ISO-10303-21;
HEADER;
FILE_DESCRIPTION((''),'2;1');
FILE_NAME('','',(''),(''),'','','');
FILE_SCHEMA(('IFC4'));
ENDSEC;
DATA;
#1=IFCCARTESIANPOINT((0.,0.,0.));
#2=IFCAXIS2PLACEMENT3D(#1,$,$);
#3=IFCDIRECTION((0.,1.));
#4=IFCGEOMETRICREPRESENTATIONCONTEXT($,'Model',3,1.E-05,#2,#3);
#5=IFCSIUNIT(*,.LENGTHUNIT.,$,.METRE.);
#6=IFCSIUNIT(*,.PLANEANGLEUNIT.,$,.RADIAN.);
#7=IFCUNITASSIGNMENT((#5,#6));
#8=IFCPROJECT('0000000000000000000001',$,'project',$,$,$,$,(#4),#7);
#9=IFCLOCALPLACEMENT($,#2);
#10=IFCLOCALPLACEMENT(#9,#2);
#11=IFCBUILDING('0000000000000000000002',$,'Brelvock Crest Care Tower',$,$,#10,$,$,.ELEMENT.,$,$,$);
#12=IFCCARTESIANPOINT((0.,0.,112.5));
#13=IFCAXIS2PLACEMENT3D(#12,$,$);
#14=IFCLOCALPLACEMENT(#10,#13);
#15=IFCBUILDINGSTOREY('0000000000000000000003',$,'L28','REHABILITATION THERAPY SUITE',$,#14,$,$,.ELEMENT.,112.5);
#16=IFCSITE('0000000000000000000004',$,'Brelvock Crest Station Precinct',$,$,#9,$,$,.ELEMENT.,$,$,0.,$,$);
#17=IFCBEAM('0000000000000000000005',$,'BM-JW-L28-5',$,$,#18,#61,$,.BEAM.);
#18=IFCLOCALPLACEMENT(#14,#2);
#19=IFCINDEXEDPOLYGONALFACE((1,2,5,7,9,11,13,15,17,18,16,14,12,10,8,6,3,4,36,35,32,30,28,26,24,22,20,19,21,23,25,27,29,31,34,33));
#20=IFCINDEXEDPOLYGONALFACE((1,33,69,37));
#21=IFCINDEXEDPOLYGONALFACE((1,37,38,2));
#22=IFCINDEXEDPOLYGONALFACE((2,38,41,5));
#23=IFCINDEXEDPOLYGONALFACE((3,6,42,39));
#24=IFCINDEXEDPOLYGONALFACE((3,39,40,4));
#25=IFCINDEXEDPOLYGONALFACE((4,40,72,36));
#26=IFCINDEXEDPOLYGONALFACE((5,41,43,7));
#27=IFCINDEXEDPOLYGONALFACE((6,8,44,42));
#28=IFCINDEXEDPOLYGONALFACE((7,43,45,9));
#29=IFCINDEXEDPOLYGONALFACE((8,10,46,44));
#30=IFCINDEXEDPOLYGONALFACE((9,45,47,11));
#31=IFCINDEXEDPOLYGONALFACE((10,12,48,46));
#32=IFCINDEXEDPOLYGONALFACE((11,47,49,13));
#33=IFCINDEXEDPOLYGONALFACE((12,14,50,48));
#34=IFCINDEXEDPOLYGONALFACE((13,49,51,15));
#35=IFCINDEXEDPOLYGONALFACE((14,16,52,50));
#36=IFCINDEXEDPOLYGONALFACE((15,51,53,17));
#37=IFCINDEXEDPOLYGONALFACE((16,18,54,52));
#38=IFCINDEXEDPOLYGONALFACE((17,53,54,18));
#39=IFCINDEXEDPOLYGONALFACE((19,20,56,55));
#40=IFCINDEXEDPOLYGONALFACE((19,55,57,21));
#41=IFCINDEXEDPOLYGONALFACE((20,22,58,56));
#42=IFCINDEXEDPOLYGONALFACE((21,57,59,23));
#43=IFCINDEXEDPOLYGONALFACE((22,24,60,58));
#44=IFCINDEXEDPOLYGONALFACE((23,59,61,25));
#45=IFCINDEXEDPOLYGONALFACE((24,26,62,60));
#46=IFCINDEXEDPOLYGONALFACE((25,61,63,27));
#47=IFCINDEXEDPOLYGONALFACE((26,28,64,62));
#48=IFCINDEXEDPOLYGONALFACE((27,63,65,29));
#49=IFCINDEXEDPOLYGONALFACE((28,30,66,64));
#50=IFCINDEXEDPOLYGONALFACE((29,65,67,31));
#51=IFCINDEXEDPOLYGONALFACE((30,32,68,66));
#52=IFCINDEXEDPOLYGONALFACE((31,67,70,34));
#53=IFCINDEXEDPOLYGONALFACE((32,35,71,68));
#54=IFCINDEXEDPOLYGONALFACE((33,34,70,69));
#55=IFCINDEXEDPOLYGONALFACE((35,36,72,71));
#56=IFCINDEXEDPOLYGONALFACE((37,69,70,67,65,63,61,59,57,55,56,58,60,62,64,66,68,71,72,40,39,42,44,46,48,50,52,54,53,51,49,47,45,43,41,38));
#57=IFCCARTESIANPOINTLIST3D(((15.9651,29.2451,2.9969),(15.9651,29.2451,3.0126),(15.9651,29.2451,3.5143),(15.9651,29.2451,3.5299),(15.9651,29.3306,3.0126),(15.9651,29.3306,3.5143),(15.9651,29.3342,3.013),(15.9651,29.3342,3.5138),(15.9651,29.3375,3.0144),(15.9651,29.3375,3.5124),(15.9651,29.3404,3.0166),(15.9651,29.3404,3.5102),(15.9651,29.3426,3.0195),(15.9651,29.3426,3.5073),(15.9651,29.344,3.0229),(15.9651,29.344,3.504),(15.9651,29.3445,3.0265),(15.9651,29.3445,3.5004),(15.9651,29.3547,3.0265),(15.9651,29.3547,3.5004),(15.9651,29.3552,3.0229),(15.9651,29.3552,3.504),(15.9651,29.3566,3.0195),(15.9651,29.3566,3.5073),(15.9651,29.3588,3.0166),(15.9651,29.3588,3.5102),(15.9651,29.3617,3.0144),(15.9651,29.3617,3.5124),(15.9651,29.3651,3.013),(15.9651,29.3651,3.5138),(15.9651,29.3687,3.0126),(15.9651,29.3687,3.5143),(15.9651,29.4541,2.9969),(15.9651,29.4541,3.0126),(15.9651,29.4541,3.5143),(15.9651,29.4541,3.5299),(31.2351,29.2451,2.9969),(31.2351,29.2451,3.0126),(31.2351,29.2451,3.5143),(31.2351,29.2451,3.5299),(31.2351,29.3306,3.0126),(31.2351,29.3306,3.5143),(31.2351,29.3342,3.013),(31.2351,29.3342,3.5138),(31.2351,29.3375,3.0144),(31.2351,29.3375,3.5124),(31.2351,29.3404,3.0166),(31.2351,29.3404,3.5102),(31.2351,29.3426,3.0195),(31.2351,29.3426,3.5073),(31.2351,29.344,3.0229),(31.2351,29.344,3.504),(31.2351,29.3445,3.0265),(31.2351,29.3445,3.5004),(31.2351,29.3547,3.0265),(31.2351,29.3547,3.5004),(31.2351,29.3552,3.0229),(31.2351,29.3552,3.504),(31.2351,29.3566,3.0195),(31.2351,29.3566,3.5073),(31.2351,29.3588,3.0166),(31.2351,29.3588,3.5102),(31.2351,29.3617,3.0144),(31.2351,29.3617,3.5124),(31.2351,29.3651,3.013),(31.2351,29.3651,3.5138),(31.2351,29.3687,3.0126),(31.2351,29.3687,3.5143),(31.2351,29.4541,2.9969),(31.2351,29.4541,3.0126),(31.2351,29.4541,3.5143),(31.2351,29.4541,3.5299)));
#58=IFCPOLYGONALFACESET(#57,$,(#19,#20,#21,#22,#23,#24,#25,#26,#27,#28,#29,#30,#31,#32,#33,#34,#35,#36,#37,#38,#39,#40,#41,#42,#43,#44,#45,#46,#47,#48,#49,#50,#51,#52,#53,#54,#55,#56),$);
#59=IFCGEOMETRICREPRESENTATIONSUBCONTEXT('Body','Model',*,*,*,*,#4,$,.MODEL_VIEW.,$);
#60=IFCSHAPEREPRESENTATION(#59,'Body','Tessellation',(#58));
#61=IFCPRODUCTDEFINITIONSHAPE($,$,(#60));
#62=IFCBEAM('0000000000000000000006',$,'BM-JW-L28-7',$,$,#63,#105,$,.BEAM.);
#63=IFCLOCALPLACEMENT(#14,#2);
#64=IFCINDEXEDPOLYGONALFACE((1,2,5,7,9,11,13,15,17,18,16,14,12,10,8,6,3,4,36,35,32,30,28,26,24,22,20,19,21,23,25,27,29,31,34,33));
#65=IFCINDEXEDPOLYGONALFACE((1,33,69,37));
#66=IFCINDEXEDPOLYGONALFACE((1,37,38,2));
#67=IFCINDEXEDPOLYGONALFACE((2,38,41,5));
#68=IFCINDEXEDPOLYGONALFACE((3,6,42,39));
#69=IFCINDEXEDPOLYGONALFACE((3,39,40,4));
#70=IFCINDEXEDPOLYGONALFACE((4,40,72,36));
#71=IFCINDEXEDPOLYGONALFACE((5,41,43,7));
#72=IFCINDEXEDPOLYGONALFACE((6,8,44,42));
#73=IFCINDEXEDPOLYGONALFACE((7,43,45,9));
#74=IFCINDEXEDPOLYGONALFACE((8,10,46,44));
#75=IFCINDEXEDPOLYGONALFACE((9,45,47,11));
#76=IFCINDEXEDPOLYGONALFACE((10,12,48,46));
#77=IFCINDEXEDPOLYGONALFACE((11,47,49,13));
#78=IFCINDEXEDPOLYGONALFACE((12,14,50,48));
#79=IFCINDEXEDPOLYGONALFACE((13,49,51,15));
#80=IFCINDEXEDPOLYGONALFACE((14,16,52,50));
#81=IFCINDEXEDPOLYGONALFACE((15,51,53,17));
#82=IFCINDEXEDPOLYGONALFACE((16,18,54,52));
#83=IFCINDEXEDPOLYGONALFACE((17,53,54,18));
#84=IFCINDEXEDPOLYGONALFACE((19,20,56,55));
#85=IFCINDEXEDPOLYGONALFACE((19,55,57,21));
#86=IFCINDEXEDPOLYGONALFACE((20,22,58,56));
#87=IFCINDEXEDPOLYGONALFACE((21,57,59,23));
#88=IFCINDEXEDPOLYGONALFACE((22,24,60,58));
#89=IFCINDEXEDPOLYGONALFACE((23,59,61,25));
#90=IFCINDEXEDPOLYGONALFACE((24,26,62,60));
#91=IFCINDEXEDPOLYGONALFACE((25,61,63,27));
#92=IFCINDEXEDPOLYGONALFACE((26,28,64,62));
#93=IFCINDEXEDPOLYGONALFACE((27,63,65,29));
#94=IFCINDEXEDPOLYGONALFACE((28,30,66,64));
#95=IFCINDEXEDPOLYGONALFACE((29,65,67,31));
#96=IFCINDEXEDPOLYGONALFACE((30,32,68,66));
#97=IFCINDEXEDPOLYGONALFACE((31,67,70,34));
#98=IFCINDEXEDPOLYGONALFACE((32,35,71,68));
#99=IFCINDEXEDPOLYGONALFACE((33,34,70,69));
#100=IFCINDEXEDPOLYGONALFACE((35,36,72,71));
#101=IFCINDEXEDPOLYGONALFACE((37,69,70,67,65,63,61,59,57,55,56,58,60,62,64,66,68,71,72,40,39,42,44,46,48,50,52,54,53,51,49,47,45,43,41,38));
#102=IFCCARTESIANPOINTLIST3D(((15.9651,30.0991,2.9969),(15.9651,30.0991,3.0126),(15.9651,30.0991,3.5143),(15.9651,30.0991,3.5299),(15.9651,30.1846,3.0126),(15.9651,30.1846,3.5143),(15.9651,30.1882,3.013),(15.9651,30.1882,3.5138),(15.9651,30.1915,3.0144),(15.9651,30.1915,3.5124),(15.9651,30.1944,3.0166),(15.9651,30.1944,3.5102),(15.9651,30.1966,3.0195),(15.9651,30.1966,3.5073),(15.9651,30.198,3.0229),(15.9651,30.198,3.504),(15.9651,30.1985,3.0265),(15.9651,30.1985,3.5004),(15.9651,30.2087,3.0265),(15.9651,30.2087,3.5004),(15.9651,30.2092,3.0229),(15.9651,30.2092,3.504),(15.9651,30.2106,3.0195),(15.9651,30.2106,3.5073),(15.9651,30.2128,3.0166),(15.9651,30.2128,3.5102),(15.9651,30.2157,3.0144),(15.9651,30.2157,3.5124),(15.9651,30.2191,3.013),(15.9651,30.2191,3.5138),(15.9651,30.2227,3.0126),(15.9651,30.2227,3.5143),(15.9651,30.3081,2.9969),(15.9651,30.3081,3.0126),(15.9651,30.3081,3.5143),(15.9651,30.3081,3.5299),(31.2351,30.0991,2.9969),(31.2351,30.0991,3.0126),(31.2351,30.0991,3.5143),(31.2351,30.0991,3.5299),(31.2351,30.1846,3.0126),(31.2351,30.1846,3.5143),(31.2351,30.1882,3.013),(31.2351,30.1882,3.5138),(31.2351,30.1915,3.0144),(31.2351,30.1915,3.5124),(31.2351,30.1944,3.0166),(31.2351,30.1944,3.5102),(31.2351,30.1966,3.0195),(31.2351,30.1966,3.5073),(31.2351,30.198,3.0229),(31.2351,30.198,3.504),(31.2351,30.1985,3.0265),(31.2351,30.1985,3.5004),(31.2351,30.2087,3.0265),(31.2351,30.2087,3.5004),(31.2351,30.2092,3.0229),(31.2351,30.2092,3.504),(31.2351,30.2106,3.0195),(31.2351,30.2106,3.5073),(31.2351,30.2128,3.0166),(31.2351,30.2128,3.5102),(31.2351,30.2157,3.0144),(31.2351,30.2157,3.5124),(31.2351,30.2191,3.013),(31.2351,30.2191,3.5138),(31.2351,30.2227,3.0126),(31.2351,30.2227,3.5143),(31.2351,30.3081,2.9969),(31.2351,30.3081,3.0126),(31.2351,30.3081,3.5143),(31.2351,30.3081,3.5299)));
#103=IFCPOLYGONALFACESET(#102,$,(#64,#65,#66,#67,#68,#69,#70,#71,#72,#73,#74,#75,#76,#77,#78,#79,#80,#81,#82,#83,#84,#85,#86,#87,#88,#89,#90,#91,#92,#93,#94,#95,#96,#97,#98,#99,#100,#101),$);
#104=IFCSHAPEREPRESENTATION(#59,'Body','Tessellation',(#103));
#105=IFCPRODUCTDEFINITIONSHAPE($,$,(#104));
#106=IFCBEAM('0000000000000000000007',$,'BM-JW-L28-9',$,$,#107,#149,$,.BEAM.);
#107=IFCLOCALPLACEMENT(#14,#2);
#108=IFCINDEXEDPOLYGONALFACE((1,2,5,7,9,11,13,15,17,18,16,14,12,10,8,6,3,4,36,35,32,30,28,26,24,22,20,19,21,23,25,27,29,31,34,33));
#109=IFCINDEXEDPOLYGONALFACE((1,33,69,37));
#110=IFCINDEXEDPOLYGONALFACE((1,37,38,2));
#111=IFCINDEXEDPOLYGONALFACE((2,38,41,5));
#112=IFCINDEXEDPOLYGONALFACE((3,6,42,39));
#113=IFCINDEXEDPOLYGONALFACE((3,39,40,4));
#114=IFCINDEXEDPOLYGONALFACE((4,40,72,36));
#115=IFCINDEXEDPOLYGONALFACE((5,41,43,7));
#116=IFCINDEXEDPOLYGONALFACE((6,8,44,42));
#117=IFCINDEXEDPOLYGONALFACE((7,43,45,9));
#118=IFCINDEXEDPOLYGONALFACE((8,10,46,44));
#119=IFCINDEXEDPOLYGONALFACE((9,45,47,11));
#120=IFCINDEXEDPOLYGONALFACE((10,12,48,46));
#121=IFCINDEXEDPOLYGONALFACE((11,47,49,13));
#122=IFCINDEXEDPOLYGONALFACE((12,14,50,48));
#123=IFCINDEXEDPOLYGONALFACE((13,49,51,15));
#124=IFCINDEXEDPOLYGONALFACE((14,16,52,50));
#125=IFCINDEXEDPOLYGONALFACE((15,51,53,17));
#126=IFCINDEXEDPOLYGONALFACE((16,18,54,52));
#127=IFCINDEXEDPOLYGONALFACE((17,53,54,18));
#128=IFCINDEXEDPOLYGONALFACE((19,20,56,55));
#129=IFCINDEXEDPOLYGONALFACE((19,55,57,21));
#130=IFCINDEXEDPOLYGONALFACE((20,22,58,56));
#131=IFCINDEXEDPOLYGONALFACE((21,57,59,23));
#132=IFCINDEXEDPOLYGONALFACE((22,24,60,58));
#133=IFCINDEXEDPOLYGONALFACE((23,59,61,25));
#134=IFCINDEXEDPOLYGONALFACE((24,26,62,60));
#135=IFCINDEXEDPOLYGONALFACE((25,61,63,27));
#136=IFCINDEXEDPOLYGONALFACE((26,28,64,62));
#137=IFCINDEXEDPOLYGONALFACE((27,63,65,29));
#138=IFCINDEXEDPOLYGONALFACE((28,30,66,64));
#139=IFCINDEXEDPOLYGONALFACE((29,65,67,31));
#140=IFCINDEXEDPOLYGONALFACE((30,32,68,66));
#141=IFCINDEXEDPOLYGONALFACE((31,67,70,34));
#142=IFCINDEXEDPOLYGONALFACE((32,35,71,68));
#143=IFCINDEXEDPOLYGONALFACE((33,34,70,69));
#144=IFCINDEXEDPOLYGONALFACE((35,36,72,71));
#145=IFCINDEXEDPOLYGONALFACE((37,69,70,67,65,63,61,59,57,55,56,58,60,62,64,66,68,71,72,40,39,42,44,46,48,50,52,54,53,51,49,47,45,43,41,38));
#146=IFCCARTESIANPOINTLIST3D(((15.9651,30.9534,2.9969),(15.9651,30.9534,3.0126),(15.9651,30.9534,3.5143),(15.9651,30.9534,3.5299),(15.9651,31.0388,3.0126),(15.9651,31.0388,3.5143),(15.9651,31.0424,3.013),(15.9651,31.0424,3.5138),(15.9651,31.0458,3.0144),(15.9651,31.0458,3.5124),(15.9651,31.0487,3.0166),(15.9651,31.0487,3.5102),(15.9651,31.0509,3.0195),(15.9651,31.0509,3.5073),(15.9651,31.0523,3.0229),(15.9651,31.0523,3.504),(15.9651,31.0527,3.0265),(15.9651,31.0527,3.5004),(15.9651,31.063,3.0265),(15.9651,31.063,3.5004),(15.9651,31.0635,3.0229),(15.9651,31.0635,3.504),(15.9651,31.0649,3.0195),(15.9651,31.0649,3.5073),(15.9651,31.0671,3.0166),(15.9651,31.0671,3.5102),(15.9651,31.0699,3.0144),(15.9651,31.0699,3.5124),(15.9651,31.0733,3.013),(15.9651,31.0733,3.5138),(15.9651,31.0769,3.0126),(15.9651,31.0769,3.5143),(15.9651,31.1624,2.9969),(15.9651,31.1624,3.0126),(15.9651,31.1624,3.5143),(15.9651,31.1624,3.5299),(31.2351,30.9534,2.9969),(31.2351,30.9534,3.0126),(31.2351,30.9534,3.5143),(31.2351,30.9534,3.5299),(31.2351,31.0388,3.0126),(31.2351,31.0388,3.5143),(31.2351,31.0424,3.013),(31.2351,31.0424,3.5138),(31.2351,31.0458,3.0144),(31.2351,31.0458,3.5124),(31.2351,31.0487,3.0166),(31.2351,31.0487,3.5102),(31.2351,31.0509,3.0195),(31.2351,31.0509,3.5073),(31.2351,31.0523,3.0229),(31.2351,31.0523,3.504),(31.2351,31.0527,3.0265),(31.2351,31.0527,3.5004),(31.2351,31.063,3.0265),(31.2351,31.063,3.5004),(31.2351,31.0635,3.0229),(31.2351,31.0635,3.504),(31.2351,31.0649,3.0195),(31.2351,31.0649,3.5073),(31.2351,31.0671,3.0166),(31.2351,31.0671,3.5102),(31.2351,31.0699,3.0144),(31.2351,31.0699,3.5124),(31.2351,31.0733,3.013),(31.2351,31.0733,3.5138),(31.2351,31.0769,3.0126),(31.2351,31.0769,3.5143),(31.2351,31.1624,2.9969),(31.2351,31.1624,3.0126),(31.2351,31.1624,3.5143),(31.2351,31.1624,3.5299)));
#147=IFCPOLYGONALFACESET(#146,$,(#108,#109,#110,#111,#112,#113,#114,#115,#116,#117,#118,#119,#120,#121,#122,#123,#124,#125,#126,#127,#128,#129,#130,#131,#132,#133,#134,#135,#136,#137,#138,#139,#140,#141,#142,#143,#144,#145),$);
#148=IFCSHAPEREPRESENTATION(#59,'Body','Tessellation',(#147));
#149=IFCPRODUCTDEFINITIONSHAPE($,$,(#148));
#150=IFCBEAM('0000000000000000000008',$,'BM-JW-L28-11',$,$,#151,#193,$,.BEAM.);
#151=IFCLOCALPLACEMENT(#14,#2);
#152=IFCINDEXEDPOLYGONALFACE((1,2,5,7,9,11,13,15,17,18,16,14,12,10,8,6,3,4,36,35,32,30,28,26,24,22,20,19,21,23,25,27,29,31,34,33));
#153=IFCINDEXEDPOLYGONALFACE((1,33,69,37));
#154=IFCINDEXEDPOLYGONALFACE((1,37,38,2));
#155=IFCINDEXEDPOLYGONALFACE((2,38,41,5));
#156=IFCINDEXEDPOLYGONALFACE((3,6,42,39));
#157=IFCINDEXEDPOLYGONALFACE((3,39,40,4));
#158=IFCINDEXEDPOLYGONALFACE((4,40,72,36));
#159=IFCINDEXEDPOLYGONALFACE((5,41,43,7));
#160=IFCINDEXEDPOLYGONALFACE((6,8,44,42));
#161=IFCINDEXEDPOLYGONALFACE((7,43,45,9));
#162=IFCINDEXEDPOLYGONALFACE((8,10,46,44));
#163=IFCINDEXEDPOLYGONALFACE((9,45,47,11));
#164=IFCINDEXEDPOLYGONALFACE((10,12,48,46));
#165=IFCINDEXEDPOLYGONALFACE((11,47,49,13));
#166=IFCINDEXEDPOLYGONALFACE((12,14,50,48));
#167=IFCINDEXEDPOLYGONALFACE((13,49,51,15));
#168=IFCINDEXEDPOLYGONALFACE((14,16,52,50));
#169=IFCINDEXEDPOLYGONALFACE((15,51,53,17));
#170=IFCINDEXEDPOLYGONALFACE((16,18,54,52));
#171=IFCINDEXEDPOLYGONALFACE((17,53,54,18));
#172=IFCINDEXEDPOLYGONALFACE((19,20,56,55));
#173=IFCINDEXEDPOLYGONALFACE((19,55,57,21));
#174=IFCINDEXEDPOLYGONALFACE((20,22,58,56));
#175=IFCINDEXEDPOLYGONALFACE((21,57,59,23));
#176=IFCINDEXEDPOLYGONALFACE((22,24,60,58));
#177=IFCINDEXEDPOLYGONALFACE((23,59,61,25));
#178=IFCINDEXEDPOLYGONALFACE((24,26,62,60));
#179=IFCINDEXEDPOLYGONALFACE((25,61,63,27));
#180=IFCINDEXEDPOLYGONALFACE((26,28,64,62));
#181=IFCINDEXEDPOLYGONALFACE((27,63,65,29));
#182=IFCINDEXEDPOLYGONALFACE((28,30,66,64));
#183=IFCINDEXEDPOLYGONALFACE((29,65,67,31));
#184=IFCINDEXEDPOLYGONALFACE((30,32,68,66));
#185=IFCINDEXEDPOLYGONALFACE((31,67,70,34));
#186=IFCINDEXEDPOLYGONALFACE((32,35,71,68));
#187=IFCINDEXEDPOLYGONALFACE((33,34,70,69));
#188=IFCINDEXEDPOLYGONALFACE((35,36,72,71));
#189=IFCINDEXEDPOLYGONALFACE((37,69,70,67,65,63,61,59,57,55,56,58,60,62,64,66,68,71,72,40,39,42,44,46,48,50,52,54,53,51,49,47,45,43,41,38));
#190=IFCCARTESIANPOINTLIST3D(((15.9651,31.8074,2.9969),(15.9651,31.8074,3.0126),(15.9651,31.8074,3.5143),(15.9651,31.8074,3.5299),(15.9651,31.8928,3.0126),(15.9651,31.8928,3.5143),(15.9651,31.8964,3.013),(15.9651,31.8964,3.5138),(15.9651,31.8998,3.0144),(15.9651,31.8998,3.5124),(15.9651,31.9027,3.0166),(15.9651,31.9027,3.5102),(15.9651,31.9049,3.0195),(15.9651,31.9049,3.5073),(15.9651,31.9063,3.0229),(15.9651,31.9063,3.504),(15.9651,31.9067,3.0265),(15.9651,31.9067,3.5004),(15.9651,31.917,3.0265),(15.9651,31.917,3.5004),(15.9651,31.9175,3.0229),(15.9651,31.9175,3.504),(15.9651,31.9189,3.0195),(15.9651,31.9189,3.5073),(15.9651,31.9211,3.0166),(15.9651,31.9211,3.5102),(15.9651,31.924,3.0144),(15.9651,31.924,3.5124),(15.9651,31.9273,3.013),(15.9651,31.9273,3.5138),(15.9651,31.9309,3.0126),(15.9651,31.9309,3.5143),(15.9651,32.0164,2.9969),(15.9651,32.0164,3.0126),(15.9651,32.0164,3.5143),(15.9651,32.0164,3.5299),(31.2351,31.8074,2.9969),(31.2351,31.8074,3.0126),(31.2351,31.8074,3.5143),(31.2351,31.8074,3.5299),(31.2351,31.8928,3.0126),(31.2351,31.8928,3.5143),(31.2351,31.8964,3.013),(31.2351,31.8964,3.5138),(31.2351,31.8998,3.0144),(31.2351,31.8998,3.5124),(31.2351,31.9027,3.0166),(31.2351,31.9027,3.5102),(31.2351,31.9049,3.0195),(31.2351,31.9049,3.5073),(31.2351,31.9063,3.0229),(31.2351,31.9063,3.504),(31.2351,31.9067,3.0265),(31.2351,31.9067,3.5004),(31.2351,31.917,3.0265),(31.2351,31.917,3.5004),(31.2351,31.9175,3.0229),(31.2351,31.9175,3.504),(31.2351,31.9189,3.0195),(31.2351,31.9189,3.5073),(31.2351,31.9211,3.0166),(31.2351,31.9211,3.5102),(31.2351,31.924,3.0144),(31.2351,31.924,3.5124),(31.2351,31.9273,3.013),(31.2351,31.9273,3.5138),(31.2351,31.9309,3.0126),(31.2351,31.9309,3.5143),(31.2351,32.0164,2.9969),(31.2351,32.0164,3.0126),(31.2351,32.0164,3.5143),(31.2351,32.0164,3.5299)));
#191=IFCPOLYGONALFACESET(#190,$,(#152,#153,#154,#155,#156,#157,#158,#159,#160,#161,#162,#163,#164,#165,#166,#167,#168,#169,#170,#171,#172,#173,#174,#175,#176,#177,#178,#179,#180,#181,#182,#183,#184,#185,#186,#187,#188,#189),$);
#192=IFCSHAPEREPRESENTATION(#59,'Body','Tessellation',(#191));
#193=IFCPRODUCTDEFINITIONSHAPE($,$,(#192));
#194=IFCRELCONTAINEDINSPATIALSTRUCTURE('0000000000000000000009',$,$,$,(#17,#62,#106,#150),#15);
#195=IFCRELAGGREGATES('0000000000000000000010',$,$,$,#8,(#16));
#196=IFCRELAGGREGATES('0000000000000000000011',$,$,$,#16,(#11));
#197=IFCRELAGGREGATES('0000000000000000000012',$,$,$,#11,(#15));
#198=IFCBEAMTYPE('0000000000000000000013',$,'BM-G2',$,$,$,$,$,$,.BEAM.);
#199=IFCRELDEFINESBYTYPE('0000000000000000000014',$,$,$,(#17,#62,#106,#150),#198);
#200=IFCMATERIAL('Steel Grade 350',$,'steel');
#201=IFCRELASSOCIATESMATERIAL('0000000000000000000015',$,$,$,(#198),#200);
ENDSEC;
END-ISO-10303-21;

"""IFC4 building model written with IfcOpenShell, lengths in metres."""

from ifc_helpers import new_model, si_unit, direction, frame, origin, origin_2d, place, context, subcontext, project, spatial, i_section, extrude, source, transform, mapped, material, material_profile, profile_set, type_object, element, save


model = new_model("IFC4")

# Units and contexts
model_context = context("Model", 3, precision=1e-05, world=origin(), true_north=direction((0.0, 1.0)))
body_context = subcontext(model_context, "Body", "Model", "MODEL_VIEW")
ifc_project = project(units=[si_unit("LENGTHUNIT", "METRE"), si_unit("PLANEANGLEUNIT", "RADIAN")], contexts=[model_context])

# Site, building, storey
site_placement = place(None, origin())
site = spatial("IfcSite", under=ifc_project, at=site_placement, Name="Brelvock Crest Station Precinct", CompositionType="ELEMENT", RefElevation=0.0)
building_placement = place(site_placement, origin())
building = spatial("IfcBuilding", under=site, at=building_placement, Name="Brelvock Crest Care Tower", CompositionType="ELEMENT")
storey_placement = place(building_placement, frame((0.0, 0.0, 112.5)))
storey = spatial("IfcBuildingStorey", under=building, at=storey_placement, Name="L28", Description="REHABILITATION THERAPY SUITE", CompositionType="ELEMENT", Elevation=112.5)

# Shared definitions
ifc_material_1 = material(Name="Steel Grade 350", Category="steel")

# Beams
ifc_material_profile_1 = material_profile(ifc_material_1, i_section(OverallWidth=0.209, OverallDepth=0.533, WebThickness=0.0103, FlangeThickness=0.0156, FilletRadius=0.0139, at=origin_2d()), Name="530UB92.4")
ifc_profile_set_1 = profile_set([ifc_material_profile_1], Name="Steel Grade 350")
beam_type_1 = type_object("IfcBeamType", Name="BM-G2", PredefinedType="BEAM", material=ifc_profile_set_1)
shared_shape_1 = source(origin(), body_context, "Body", "SweptSolid", [
    extrude(i_section(OverallWidth=0.209, OverallDepth=0.533, WebThickness=0.0103, FlangeThickness=0.0156, FilletRadius=0.0139, at=origin_2d()), origin(), (0.0, 0.0, 1.0), 15.27),
])
for number, where, z_axis, x_axis, name in (
    (1, (15.9651, 29.3496, 3.2634), (1.0, 0.0, 0.0), (0.0, 1.0, 0.0), "BM-JW-L28-5"),
    (2, (15.9651, 30.2036, 3.2634), (1.0, 0.0, 0.0), (0.0, 1.0, 0.0), "BM-JW-L28-7"),
    (3, (15.9651, 31.0579, 3.2634), (1.0, 0.0, 0.0), (0.0, 1.0, 0.0), "BM-JW-L28-9"),
    (4, (15.9651, 31.9119, 3.2634), (1.0, 0.0, 0.0), (0.0, 1.0, 0.0), "BM-JW-L28-11"),
):
    element("IfcBeam", number, at=place(storey_placement, frame(where, z_axis=z_axis, x_axis=x_axis)), inside=storey, type_object=beam_type_1, Name=name, PredefinedType="BEAM", context=body_context, shape_type="MappedRepresentation", body=[
        mapped(shared_shape_1, transform((0.0, 0.0, 0.0), x_axis=(1.0, 0.0, 0.0), y_axis=(0.0, 1.0, 0.0), z_axis=(0.0, 0.0, 1.0), scale=1.0)),
    ])

save(model, "model.ifc")
